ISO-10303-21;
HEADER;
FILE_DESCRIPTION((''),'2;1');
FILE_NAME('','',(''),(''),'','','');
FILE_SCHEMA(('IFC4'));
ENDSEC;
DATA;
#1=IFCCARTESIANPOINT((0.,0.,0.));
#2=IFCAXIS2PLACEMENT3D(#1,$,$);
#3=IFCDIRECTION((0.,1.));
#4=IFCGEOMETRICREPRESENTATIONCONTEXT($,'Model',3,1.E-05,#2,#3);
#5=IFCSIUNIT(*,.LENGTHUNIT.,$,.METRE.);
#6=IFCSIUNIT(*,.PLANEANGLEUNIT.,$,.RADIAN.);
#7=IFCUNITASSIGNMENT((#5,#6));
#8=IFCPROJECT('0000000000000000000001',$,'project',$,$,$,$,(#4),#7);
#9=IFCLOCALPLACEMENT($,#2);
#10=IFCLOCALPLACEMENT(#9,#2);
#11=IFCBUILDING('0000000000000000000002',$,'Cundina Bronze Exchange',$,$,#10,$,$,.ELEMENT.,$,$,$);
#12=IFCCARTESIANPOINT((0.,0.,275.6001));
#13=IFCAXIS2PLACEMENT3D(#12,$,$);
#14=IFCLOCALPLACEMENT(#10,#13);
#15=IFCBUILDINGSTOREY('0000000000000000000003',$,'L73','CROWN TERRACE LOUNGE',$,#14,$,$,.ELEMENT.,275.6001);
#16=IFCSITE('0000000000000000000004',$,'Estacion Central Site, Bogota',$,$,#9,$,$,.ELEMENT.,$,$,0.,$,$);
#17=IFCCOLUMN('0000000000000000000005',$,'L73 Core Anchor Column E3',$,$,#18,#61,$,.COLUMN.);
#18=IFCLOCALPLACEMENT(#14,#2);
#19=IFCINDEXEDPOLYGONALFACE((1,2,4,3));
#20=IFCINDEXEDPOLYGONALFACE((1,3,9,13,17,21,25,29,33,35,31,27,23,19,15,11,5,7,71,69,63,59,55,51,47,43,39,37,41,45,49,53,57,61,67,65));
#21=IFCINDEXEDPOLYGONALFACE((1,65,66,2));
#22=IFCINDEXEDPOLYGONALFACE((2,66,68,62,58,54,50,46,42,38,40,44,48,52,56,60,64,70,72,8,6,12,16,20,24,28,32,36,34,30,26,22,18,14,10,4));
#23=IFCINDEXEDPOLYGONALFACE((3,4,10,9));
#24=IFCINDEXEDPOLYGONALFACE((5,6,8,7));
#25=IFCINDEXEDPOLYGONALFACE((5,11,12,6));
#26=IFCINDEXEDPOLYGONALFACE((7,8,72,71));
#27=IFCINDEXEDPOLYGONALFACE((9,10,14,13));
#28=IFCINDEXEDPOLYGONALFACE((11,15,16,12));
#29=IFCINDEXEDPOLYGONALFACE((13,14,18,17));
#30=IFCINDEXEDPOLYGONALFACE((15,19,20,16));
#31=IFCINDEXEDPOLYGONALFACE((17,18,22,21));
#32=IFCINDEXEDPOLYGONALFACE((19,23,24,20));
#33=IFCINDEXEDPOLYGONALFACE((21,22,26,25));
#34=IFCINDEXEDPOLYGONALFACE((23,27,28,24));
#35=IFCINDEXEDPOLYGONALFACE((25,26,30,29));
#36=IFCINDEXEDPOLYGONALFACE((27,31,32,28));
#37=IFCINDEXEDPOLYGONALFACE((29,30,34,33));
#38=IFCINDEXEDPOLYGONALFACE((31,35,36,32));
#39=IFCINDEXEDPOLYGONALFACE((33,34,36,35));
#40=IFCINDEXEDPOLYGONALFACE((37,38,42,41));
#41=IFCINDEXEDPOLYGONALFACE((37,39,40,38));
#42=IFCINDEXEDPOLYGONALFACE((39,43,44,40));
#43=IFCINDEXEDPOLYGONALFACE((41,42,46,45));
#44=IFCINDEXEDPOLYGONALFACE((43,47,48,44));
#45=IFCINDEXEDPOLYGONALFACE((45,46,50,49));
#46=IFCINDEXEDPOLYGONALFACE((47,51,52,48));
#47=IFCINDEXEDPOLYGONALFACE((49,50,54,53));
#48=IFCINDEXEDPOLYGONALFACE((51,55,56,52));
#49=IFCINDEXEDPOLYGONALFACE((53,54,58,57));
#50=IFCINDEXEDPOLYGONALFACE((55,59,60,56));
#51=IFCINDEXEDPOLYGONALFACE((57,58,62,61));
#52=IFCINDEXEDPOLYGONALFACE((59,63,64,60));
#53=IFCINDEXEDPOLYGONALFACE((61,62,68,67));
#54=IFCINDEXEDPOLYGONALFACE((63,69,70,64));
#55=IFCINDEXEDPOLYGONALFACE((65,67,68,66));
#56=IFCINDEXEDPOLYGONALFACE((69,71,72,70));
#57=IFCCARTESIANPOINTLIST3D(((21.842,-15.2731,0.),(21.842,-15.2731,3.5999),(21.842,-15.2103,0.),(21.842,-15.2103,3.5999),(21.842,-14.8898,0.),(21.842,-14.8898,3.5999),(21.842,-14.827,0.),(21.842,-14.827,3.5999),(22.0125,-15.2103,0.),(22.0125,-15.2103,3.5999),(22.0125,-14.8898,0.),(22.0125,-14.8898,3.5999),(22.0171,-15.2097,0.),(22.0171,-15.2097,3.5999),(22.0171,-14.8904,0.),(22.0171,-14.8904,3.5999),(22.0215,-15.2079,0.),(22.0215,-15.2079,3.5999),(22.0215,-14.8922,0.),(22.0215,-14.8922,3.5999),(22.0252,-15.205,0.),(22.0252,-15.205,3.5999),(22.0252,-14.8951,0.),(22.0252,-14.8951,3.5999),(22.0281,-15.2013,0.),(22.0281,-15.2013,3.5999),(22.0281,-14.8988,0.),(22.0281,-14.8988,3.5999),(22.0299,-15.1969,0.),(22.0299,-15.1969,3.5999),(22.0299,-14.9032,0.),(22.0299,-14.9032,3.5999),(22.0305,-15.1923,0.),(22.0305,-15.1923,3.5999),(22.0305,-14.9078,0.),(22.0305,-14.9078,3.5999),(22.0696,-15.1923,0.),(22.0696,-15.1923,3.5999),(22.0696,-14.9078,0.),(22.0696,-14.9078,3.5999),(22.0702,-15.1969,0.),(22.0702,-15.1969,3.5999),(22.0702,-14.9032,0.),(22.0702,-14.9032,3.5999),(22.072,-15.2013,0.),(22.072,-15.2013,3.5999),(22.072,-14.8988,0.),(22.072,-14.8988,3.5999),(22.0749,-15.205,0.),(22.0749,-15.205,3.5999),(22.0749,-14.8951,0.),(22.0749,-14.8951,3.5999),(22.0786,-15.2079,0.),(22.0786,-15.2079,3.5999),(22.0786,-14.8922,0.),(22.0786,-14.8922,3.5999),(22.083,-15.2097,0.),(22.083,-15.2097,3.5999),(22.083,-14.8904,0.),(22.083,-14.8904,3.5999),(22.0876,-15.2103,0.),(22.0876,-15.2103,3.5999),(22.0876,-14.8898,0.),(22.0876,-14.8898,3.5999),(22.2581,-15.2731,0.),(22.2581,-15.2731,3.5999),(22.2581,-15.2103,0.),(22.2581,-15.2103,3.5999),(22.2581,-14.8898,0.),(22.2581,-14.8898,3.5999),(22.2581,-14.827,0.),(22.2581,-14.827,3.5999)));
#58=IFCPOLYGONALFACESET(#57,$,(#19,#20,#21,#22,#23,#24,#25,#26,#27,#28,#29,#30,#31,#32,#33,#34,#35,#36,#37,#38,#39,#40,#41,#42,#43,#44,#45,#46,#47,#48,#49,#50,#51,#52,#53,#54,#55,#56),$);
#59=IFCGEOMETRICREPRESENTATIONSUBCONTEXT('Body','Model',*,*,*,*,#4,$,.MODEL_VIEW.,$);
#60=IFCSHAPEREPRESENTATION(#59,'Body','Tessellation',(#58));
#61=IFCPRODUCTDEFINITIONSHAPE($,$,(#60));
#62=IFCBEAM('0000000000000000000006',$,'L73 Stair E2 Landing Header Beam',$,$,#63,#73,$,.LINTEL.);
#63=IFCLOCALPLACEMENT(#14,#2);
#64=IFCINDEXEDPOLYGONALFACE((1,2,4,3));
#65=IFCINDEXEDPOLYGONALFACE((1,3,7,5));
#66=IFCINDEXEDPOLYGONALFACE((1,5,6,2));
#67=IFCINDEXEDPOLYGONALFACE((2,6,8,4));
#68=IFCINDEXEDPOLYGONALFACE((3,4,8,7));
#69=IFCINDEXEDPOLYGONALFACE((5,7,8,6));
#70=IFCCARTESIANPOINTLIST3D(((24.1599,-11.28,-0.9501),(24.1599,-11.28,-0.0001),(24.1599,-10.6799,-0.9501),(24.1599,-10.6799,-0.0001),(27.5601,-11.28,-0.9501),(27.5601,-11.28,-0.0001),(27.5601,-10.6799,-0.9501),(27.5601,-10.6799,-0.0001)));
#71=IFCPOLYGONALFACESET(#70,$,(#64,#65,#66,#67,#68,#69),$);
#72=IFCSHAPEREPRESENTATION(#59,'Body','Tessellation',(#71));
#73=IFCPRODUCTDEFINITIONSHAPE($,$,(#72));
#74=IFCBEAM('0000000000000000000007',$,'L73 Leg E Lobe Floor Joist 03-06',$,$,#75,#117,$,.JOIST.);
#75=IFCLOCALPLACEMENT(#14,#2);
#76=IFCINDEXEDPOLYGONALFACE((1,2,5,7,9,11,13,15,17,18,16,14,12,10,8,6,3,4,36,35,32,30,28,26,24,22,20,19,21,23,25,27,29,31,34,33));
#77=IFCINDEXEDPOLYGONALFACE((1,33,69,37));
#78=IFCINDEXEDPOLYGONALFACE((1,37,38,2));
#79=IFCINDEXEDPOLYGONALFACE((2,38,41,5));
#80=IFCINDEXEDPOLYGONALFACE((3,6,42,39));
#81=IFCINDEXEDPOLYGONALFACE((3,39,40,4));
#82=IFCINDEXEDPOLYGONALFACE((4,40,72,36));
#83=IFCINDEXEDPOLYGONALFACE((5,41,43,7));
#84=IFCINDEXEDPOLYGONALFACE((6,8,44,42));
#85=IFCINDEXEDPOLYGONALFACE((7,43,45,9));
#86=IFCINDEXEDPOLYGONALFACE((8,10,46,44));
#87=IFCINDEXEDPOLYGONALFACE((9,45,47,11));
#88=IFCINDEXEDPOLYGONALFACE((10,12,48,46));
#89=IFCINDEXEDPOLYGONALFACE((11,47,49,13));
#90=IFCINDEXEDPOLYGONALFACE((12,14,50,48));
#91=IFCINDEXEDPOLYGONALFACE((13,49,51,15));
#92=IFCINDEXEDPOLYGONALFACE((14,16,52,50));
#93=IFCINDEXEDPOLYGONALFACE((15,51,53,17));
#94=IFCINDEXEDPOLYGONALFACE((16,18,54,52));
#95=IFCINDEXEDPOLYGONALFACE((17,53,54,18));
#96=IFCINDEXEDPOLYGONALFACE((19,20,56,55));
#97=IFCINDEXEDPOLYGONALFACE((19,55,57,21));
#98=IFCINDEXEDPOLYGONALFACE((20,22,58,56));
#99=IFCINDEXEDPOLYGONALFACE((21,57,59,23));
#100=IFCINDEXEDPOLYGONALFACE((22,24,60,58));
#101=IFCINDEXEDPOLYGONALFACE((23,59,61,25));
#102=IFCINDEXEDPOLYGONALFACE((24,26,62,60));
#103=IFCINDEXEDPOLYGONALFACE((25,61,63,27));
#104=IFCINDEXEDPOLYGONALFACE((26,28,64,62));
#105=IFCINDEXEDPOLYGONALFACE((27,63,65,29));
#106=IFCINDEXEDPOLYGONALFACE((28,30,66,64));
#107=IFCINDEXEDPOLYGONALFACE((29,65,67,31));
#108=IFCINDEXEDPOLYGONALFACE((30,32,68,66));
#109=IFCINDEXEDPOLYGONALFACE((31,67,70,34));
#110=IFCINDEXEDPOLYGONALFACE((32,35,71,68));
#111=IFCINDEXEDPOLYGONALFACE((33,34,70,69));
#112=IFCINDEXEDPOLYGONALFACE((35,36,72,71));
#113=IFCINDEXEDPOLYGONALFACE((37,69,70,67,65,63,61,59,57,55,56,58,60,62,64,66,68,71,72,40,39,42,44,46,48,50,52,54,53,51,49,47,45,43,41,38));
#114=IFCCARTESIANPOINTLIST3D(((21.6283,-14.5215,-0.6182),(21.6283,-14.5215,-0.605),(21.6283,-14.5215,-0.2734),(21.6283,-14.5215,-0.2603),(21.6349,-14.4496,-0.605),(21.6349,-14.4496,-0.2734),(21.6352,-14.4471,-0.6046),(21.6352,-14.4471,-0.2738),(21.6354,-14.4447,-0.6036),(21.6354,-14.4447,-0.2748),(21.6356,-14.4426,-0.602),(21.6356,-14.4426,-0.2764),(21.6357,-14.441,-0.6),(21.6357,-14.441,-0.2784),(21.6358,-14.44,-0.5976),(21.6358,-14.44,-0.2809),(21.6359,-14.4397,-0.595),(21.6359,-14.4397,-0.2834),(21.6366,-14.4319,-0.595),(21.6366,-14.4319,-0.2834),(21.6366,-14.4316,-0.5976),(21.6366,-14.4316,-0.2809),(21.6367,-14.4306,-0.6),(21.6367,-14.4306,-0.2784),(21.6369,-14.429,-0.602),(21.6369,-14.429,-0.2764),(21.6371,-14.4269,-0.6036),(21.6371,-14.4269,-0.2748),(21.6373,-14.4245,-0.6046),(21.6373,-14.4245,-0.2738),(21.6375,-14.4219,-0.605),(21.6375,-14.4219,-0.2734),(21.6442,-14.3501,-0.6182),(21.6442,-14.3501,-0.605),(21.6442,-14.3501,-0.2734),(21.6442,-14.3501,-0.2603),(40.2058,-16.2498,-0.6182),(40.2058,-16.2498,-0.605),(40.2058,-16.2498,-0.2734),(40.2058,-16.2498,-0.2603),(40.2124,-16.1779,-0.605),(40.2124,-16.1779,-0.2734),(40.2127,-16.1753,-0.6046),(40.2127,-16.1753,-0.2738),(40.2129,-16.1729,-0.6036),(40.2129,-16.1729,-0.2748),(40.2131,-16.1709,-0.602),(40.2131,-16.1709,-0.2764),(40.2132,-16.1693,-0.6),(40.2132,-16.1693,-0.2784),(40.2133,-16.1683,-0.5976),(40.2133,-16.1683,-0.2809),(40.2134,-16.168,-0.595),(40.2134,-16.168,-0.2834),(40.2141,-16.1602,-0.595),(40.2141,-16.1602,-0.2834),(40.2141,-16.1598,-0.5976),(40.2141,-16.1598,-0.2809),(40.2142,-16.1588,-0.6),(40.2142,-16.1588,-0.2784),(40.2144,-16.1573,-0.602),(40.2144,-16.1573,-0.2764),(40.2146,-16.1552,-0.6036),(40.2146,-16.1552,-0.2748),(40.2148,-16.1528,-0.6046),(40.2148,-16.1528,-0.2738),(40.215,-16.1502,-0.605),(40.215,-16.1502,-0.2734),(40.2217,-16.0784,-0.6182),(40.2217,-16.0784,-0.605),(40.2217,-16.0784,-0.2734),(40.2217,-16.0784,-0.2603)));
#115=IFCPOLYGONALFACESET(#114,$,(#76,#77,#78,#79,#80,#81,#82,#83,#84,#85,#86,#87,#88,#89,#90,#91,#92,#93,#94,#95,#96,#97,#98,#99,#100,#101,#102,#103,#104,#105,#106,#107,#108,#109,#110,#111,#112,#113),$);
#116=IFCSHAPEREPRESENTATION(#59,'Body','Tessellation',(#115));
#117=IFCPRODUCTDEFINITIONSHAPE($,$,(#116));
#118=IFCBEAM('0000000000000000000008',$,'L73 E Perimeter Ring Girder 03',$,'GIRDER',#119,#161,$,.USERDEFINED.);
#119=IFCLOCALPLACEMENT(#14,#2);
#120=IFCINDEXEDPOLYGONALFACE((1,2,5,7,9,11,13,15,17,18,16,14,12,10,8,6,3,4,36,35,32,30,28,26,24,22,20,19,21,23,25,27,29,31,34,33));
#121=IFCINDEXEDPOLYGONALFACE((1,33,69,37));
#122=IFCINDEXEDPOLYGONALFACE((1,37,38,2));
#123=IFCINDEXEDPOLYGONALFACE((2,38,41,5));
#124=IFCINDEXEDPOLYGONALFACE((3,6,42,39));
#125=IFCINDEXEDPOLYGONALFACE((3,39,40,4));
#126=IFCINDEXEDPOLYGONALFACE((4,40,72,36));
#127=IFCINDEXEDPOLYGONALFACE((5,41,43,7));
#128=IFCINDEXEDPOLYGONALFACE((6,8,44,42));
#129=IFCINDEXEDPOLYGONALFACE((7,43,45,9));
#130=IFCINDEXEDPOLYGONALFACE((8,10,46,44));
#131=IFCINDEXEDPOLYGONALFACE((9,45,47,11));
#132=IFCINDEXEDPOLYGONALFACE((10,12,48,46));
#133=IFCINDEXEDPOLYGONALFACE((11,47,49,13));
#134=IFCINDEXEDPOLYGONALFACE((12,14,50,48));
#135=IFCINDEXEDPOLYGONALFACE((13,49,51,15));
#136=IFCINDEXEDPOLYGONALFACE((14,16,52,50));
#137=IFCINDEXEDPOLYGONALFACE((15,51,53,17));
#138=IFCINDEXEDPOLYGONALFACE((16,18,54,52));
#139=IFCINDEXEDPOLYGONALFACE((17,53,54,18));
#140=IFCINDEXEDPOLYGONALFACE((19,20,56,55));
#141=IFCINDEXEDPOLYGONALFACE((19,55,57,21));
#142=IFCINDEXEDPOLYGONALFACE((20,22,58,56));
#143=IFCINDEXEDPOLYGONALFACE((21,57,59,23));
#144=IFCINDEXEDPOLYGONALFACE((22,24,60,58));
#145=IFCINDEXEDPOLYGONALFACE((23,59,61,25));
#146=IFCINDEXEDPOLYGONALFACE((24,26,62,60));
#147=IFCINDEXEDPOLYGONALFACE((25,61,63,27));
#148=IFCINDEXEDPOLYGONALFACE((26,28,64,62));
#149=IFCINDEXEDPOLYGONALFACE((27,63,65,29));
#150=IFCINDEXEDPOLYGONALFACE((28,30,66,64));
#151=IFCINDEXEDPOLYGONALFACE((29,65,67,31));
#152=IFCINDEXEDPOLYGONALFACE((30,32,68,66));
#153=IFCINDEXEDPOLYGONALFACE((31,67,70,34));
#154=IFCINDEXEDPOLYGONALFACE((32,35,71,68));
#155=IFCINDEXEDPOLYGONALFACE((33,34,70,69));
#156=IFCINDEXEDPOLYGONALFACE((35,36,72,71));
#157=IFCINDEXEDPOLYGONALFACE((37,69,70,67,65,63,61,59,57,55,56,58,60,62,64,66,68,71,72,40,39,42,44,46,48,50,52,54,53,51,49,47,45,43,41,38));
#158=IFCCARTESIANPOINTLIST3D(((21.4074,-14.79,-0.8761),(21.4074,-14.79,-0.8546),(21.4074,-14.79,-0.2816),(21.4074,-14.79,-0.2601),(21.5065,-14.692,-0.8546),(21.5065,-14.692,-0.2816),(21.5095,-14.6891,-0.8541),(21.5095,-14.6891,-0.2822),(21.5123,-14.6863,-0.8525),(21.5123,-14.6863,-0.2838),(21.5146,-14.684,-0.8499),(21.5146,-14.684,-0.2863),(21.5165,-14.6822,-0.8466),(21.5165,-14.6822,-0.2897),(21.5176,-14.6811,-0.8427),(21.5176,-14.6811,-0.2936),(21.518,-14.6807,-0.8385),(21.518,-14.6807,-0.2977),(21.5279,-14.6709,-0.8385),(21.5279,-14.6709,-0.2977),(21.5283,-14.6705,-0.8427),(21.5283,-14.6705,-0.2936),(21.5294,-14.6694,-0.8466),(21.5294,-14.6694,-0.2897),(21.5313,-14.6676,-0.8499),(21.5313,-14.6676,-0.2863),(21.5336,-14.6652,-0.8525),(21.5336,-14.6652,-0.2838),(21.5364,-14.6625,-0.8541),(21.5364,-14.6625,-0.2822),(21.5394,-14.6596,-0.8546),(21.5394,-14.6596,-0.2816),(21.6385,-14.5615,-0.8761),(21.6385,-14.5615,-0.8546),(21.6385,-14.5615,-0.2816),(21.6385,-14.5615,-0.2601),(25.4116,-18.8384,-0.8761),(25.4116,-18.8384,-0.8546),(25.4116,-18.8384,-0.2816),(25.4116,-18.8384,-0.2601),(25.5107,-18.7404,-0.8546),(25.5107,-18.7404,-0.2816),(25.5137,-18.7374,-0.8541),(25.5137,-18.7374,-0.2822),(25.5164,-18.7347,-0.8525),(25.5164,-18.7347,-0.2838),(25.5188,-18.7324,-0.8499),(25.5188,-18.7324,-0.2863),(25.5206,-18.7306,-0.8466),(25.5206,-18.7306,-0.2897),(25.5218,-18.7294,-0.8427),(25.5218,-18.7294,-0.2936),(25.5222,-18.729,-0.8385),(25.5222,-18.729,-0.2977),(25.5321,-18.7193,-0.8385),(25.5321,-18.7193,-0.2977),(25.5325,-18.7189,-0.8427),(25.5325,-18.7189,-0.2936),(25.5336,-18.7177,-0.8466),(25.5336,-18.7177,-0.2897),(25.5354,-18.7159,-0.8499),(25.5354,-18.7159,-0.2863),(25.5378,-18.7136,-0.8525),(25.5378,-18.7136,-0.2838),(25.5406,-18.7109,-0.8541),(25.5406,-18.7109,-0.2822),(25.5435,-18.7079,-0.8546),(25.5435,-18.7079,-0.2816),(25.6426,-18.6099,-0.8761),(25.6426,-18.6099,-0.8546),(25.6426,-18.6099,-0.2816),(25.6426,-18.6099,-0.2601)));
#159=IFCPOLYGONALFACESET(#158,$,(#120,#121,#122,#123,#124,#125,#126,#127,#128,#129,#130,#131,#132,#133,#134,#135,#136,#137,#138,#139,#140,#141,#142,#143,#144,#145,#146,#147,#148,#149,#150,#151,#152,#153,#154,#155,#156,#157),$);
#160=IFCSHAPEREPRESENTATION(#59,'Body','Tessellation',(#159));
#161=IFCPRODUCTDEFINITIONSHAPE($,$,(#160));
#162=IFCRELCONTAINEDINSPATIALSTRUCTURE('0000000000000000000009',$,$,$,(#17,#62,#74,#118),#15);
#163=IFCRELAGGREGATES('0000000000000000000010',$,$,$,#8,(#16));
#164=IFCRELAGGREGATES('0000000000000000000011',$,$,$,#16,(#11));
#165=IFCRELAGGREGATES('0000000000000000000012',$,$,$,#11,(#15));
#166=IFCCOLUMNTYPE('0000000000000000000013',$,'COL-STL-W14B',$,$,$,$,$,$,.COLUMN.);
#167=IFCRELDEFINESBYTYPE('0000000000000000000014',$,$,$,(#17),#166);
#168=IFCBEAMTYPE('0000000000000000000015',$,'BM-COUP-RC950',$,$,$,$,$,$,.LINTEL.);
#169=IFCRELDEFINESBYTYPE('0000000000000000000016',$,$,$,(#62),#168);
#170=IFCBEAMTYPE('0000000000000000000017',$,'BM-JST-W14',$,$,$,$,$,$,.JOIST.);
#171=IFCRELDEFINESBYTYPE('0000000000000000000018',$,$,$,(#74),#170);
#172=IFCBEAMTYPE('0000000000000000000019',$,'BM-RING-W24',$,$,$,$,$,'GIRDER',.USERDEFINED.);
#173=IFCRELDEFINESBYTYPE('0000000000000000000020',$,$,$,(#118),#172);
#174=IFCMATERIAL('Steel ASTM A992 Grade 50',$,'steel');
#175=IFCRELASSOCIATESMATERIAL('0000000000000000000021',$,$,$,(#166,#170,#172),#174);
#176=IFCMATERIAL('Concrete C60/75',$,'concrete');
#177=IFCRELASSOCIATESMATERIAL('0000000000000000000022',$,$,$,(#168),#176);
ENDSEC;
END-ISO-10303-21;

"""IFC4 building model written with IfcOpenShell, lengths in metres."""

from ifc_helpers import new_model, si_unit, direction, frame, origin, origin_2d, place, context, subcontext, project, spatial, rectangle, i_section, extrude, material, material_profile, profile_set, type_object, element, save


model = new_model("IFC4")

# Units and contexts
model_context = context("Model", 3, precision=1e-05, world=origin(), true_north=direction((0.0, 1.0)))
body_context = subcontext(model_context, "Body", "Model", "MODEL_VIEW")
ifc_project = project(units=[si_unit("LENGTHUNIT", "METRE"), si_unit("PLANEANGLEUNIT", "RADIAN")], contexts=[model_context])

# Site, building, storey
site_placement = place(None, origin())
site = spatial("IfcSite", under=ifc_project, at=site_placement, Name="Estacion Central Site, Bogota", CompositionType="ELEMENT", RefElevation=0.0)
building_placement = place(site_placement, origin())
building = spatial("IfcBuilding", under=site, at=building_placement, Name="Cundina Bronze Exchange", CompositionType="ELEMENT")
storey_placement = place(building_placement, frame((0.0, 0.0, 275.6001)))
storey = spatial("IfcBuildingStorey", under=building, at=storey_placement, Name="L73", Description="CROWN TERRACE LOUNGE", CompositionType="ELEMENT", Elevation=275.6001)

# Column
ifc_material_1 = material(Name="Steel ASTM A992 Grade 50", Category="steel")
ifc_material_profile_1 = material_profile(ifc_material_1, i_section(OverallWidth=0.416, OverallDepth=0.446, WebThickness=0.0391, FlangeThickness=0.0627, FilletRadius=0.0181, at=origin_2d()), Name="W14X342", Category="steel")
ifc_profile_set_1 = profile_set([ifc_material_profile_1], Name="Steel ASTM A992 Grade 50")
column_type = type_object("IfcColumnType", Name="COL-STL-W14B", PredefinedType="COLUMN", material=ifc_profile_set_1)
column_placement = place(storey_placement, frame((22.05, -15.05, 0.0), z_axis=(0.0, 0.0, 1.0), x_axis=(1.0, 0.0, 0.0)))
element("IfcColumn", 1, at=column_placement, inside=storey, type_object=column_type, Name="L73 Core Anchor Column E3", PredefinedType="COLUMN", context=body_context, shape_type="SweptSolid", body=[
    extrude(i_section(OverallWidth=0.416, OverallDepth=0.446, WebThickness=0.0391, FlangeThickness=0.0627, FilletRadius=0.0181, at=origin_2d()), origin(), (0.0, 0.0, 1.0), 3.5999),
])

# Beams
ifc_material_2 = material(Name="Concrete C60/75", Category="concrete")
ifc_material_profile_2 = material_profile(ifc_material_2, rectangle(XDim=0.6001, YDim=0.95, at=origin_2d()), Name="RC600X950", Category="concrete")
ifc_profile_set_2 = profile_set([ifc_material_profile_2], Name="Concrete C60/75")
beam_type_1 = type_object("IfcBeamType", Name="BM-COUP-RC950", PredefinedType="LINTEL", material=ifc_profile_set_2)
beam_1_placement = place(storey_placement, frame((24.1599, -10.98, -0.4751), z_axis=(1.0, 0.0, 0.0), x_axis=(0.0, 1.0, 0.0)))
element("IfcBeam", 2, at=beam_1_placement, inside=storey, type_object=beam_type_1, Name="L73 Stair E2 Landing Header Beam", PredefinedType="LINTEL", context=body_context, shape_type="SweptSolid", body=[
    extrude(rectangle(XDim=0.6001, YDim=0.95, at=origin_2d()), origin(), (0.0, 0.0, 1.0), 3.4001),
])
ifc_material_profile_3 = material_profile(ifc_material_1, i_section(OverallWidth=0.1721, OverallDepth=0.3579, WebThickness=0.0078, FlangeThickness=0.0132, FilletRadius=0.01, at=origin_2d()), Name="W14X38", Category="steel")
ifc_profile_set_3 = profile_set([ifc_material_profile_3], Name="Steel ASTM A992 Grade 50")
beam_type_2 = type_object("IfcBeamType", Name="BM-JST-W14", PredefinedType="JOIST", material=ifc_profile_set_3)
beam_2_placement = place(storey_placement, frame((21.6362, -14.4358, -0.4392), z_axis=(0.995701, -0.092631, 0.0), x_axis=(0.092631, 0.995701, 0.0)))
element("IfcBeam", 3, at=beam_2_placement, inside=storey, type_object=beam_type_2, Name="L73 Leg E Lobe Floor Joist 03-06", PredefinedType="JOIST", context=body_context, shape_type="SweptSolid", body=[
    extrude(i_section(OverallWidth=0.1721, OverallDepth=0.3579, WebThickness=0.0078, FlangeThickness=0.0132, FilletRadius=0.01, at=origin_2d()), origin(), (0.0, 0.0, 1.0), 18.6577),
])
ifc_material_profile_4 = material_profile(ifc_material_1, i_section(OverallWidth=0.325, OverallDepth=0.616, WebThickness=0.0139, FlangeThickness=0.0215, FilletRadius=0.0161, at=origin_2d()), Name="W24X117", Category="steel")
ifc_profile_set_4 = profile_set([ifc_material_profile_4], Name="Steel ASTM A992 Grade 50")
beam_type_3 = type_object("IfcBeamType", Name="BM-RING-W24", ElementType="GIRDER", PredefinedType="USERDEFINED", material=ifc_profile_set_4)
beam_3_placement = place(storey_placement, frame((21.5229, -14.6758, -0.5681), z_axis=(0.703216, -0.710976, 0.0), x_axis=(0.710976, 0.703216, 0.0)))
element("IfcBeam", 4, at=beam_3_placement, inside=storey, type_object=beam_type_3, Name="L73 E Perimeter Ring Girder 03", ObjectType="GIRDER", PredefinedType="USERDEFINED", context=body_context, shape_type="SweptSolid", body=[
    extrude(i_section(OverallWidth=0.325, OverallDepth=0.616, WebThickness=0.0139, FlangeThickness=0.0215, FilletRadius=0.0161, at=origin_2d()), origin(), (0.0, 0.0, 1.0), 5.6941),
])

save(model, "model.ifc")
